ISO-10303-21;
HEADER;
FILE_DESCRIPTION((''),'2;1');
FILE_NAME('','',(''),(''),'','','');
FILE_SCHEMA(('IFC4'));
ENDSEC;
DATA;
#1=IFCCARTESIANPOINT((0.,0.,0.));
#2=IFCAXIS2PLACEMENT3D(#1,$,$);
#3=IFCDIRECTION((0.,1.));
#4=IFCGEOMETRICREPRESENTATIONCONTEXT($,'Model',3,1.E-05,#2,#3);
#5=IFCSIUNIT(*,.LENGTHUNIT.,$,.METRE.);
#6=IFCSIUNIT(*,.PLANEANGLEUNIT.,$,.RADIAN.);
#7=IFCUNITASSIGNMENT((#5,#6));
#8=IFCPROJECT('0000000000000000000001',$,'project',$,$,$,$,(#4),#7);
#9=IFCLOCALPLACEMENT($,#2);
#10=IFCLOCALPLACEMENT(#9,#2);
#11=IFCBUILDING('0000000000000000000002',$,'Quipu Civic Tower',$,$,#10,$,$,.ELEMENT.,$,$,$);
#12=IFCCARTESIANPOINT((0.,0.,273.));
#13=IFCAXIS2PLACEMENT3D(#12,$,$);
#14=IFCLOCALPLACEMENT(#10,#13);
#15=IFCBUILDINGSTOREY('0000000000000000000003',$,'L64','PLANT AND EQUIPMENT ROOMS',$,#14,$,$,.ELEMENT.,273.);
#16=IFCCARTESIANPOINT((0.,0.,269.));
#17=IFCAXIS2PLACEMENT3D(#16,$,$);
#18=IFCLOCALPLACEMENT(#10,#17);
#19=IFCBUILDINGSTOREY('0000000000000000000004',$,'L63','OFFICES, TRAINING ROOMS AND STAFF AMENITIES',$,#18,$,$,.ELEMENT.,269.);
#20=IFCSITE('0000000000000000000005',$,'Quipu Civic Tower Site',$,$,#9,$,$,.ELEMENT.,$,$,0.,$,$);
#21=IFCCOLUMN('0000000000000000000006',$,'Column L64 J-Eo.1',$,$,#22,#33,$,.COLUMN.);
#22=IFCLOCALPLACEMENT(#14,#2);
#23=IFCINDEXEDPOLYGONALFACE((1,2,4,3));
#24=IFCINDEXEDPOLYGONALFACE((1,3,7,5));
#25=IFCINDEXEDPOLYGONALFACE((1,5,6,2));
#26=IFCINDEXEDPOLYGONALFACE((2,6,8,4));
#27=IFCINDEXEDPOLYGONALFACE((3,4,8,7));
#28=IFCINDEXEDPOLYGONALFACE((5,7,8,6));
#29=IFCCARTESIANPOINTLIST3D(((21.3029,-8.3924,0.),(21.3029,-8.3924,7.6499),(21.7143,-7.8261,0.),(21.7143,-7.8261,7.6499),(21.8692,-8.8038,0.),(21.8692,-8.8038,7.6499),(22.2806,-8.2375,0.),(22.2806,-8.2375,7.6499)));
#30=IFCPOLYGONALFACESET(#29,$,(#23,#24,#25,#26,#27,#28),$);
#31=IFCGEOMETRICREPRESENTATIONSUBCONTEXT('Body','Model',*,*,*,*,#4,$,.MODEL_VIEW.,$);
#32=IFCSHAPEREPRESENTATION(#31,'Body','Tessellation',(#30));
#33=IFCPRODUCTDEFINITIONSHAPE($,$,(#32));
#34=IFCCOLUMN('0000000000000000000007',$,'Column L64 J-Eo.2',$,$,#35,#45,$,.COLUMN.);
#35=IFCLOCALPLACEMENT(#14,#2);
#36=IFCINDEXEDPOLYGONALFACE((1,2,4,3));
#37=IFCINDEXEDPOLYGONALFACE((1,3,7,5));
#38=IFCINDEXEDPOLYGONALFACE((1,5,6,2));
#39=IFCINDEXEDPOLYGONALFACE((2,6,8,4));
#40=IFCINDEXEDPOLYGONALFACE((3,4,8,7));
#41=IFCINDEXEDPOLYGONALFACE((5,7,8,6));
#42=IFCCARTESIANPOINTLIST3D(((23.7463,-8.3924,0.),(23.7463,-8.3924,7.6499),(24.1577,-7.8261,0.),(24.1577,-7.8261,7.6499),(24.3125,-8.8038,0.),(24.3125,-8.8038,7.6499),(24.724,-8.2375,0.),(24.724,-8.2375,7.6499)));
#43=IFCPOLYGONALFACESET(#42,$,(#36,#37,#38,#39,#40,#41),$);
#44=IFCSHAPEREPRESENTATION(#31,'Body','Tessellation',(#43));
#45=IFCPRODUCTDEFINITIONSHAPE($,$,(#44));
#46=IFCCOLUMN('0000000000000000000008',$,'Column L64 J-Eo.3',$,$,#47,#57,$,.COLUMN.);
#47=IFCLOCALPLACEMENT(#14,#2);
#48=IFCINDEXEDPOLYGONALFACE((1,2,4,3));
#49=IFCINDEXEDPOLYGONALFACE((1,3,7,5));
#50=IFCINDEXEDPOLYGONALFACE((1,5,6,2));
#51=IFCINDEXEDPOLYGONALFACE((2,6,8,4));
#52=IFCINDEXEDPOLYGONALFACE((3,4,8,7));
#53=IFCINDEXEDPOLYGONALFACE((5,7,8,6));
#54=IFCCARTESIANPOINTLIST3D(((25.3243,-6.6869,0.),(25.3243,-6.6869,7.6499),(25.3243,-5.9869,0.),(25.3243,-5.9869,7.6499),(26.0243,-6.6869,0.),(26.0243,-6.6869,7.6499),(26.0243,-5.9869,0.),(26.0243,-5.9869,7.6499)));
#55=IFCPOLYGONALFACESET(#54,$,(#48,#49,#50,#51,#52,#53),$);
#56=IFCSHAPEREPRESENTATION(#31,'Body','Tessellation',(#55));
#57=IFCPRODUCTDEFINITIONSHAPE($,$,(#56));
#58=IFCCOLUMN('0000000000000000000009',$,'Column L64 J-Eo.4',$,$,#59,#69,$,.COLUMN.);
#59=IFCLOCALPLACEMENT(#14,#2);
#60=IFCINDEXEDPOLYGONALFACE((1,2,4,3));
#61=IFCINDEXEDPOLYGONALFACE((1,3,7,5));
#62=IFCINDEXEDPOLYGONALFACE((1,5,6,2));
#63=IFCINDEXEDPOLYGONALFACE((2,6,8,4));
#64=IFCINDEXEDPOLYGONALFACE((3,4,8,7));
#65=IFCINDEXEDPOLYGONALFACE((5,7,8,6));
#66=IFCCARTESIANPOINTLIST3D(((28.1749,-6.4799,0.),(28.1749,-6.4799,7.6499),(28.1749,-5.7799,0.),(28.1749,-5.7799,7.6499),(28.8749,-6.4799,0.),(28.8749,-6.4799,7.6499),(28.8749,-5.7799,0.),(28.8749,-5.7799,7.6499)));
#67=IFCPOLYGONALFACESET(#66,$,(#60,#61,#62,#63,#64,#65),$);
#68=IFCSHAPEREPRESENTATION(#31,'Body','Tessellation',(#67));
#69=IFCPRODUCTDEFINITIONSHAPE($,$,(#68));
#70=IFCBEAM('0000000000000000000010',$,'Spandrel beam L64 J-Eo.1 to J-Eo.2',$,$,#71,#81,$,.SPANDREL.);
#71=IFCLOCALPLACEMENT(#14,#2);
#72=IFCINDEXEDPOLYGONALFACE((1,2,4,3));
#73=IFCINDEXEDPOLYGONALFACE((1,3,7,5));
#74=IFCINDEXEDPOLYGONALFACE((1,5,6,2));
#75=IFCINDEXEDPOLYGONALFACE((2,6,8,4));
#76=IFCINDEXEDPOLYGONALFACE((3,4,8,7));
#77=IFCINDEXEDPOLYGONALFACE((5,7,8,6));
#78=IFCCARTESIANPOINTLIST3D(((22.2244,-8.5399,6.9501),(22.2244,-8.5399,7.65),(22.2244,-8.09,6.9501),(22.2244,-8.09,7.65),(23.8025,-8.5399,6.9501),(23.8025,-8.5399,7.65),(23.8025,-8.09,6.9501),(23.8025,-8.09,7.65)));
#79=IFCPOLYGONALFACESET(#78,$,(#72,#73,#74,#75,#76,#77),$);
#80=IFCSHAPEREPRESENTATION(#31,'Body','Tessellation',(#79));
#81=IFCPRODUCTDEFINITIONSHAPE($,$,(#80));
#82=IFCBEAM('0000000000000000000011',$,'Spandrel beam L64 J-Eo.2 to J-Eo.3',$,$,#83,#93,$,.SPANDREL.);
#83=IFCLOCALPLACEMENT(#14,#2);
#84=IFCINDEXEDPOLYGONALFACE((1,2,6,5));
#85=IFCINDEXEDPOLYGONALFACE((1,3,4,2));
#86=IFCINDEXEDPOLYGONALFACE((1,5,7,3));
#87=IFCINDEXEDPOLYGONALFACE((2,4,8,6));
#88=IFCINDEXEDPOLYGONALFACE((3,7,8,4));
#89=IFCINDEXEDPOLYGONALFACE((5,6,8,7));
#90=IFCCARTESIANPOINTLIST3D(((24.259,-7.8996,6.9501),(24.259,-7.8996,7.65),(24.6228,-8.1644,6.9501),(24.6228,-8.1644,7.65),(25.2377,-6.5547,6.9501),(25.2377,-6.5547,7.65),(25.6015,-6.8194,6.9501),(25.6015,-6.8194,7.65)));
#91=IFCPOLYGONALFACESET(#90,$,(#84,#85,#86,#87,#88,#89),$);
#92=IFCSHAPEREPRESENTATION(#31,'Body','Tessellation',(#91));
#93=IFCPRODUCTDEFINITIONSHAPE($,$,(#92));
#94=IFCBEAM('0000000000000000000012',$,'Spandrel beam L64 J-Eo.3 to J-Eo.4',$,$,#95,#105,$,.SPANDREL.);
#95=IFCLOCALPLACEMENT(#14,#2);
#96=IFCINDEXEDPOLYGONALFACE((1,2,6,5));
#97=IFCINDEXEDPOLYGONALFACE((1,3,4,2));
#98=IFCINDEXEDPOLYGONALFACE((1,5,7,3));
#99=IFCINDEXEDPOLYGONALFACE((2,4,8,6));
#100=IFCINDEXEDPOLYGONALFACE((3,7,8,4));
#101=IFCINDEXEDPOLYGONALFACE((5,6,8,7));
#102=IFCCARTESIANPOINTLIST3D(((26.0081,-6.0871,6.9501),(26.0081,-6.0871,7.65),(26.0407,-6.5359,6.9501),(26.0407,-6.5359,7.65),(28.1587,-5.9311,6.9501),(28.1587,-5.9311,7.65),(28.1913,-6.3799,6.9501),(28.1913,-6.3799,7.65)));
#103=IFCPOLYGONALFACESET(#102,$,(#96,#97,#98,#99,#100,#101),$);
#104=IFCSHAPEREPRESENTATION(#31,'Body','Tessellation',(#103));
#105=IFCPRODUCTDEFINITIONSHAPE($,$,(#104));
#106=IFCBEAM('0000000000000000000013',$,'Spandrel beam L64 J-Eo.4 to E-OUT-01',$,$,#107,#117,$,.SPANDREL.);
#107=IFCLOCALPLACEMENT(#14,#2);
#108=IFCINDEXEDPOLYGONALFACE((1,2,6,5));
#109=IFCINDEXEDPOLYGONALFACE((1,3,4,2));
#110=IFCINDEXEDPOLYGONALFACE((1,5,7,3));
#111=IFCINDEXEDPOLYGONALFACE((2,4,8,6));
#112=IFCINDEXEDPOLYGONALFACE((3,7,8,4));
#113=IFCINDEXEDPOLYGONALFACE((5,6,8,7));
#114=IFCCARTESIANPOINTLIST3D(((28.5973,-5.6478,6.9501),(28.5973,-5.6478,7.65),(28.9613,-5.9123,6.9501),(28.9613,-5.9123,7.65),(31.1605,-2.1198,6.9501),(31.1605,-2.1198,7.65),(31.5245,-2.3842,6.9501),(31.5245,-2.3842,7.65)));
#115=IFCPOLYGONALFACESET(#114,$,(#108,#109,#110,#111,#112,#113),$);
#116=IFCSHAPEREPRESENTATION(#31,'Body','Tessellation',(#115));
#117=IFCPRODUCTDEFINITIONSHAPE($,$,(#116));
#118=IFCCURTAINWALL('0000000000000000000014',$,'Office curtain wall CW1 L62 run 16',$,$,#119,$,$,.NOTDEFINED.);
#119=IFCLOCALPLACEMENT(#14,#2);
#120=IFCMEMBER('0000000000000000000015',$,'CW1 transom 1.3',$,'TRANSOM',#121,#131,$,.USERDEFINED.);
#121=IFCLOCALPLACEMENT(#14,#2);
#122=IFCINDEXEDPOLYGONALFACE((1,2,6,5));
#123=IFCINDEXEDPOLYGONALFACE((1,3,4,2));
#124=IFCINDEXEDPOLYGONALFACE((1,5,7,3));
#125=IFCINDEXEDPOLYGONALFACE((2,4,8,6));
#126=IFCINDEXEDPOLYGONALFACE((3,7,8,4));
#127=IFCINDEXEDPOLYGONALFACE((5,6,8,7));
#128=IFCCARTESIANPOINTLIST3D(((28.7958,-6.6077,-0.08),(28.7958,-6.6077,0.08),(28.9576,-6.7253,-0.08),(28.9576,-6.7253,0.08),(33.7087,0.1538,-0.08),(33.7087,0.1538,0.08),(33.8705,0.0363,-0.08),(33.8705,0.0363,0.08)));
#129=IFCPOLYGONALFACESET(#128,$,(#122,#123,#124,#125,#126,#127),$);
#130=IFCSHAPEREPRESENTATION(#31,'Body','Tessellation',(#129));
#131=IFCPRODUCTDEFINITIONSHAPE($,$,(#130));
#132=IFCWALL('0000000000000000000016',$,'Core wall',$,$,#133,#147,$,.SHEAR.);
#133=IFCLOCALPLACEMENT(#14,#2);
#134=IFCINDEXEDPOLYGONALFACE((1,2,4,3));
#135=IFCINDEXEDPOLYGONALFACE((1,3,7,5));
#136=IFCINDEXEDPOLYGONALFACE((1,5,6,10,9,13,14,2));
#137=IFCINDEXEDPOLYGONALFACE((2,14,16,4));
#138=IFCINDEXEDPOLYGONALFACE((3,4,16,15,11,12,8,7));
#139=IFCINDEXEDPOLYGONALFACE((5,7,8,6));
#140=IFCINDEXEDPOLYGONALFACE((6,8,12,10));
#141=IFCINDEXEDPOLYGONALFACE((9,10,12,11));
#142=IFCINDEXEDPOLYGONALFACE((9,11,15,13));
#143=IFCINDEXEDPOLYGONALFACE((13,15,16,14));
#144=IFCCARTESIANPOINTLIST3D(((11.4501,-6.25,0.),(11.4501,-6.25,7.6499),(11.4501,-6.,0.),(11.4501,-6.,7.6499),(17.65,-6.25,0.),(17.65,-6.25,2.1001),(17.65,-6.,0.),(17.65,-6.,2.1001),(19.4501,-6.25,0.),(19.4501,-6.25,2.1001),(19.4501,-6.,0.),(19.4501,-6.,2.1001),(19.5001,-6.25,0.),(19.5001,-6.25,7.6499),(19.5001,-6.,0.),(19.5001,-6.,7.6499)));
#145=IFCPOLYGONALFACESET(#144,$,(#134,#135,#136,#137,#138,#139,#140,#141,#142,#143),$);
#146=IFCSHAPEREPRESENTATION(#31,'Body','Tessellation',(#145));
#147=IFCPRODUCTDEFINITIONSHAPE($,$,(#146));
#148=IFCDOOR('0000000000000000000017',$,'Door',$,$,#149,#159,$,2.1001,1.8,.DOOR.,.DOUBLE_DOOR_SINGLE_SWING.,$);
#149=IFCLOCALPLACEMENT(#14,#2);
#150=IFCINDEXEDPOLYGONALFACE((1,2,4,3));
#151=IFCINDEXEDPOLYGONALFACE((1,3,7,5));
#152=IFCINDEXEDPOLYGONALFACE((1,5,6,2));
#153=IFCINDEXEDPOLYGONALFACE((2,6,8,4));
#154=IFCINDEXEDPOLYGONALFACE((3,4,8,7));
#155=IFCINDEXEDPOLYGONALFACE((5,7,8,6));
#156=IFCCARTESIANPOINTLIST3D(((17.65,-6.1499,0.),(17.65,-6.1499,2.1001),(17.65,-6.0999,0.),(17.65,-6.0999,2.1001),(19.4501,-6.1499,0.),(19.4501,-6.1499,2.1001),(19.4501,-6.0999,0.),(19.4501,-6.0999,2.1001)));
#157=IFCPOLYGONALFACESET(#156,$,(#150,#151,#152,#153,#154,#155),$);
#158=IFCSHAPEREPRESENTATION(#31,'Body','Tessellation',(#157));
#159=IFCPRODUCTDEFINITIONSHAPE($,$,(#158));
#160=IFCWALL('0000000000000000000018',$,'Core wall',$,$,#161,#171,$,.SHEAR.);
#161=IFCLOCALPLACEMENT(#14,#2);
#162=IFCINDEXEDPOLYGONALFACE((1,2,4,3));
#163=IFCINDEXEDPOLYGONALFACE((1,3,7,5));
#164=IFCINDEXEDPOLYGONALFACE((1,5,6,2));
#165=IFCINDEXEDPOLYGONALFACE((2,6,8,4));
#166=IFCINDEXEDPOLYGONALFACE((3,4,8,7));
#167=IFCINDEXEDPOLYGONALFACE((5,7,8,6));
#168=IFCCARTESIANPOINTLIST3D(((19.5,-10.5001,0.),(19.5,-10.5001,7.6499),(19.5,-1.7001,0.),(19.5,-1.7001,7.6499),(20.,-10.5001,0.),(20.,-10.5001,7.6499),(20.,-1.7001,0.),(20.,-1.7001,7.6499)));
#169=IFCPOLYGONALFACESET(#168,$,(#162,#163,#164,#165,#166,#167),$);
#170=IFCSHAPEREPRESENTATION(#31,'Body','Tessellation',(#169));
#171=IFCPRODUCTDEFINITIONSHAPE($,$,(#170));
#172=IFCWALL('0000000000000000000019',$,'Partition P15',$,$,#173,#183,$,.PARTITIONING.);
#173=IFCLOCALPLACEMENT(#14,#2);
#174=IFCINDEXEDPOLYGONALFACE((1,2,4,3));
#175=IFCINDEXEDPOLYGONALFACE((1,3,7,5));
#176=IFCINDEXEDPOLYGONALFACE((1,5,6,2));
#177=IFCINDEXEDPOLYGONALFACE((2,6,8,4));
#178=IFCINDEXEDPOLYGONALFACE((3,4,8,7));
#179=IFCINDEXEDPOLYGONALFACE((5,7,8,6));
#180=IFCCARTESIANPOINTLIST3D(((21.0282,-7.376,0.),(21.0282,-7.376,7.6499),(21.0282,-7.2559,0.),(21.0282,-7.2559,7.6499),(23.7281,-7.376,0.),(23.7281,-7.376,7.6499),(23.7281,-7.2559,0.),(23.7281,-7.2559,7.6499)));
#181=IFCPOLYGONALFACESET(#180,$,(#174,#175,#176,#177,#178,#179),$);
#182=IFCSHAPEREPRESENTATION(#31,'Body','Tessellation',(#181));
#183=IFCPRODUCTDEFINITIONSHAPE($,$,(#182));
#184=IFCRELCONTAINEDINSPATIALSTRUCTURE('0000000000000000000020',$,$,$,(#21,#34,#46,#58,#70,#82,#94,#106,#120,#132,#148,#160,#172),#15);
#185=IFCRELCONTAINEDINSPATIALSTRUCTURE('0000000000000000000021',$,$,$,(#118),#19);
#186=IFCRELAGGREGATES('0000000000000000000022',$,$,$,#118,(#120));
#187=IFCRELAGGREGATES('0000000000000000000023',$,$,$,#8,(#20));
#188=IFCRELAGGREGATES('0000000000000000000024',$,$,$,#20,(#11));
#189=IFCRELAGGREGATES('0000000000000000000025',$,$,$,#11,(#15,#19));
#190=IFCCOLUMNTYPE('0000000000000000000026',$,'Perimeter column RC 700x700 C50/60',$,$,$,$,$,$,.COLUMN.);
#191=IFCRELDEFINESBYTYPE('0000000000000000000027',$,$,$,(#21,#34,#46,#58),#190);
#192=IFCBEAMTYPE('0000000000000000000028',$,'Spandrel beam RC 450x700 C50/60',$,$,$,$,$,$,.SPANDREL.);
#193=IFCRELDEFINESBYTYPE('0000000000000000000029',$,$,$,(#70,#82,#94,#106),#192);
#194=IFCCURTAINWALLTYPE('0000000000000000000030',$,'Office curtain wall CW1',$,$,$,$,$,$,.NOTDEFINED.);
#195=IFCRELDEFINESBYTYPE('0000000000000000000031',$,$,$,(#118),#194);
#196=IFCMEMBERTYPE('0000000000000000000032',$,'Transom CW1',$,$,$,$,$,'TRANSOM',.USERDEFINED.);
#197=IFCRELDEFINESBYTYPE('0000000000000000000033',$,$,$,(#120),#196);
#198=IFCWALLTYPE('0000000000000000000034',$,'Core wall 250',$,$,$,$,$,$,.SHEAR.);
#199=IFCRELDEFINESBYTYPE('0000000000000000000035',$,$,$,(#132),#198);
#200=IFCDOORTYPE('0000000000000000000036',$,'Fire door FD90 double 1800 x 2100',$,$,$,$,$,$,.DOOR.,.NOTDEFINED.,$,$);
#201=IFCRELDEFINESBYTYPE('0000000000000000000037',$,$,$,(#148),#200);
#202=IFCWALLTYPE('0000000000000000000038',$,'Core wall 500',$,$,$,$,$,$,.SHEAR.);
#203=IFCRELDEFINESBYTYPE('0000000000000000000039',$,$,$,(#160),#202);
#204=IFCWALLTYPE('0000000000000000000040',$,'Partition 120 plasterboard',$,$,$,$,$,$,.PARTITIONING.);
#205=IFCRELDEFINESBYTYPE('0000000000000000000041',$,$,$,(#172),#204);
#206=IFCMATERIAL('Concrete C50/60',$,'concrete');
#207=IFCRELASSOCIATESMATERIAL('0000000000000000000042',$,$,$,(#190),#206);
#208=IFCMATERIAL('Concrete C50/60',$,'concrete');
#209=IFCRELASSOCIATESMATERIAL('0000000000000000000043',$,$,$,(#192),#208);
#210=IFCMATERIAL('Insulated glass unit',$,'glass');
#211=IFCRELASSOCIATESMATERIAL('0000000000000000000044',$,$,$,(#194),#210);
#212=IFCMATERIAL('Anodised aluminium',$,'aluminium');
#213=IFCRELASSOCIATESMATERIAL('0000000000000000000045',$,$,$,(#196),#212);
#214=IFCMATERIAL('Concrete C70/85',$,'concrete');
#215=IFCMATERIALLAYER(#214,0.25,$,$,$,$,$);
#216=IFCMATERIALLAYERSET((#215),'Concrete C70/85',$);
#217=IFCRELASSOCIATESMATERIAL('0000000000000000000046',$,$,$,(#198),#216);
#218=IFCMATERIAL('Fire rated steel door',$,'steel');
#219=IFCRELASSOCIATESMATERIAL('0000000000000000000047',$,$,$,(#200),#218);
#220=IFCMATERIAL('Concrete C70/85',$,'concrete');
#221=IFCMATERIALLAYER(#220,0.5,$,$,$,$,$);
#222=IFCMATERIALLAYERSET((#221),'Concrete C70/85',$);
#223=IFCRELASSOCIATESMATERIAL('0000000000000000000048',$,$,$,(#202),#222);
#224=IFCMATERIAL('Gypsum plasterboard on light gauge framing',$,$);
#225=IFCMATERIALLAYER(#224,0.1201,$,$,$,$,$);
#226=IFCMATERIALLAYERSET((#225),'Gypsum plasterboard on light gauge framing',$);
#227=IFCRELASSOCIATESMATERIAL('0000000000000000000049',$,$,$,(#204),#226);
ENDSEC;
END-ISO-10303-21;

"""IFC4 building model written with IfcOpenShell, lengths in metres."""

from ifc_helpers import new_model, si_unit, direction, frame, frame_2d, origin, origin_2d, place, context, subcontext, project, spatial, rectangle, extrude, material, layer, layer_set, material_profile, profile_set, type_object, element, fill, aggregate, save


model = new_model("IFC4")

# Units and contexts
model_context = context("Model", 3, precision=1e-05, world=origin(), true_north=direction((0.0, 1.0)))
body_context = subcontext(model_context, "Body", "Model", "MODEL_VIEW")
ifc_project = project(units=[si_unit("LENGTHUNIT", "METRE"), si_unit("PLANEANGLEUNIT", "RADIAN")], contexts=[model_context])

# Site, building, storey
site_placement = place(None, origin())
site = spatial("IfcSite", under=ifc_project, at=site_placement, Name="Quipu Civic Tower Site", CompositionType="ELEMENT", RefElevation=0.0)
building_placement = place(site_placement, origin())
building = spatial("IfcBuilding", under=site, at=building_placement, Name="Quipu Civic Tower", CompositionType="ELEMENT")
storey_1_placement = place(building_placement, frame((0.0, 0.0, 273.0)))
storey_1 = spatial("IfcBuildingStorey", under=building, at=storey_1_placement, Name="L64", Description="PLANT AND EQUIPMENT ROOMS", CompositionType="ELEMENT", Elevation=273.0)

# Columns
ifc_material_1 = material(Name="Concrete C50/60", Category="concrete")
ifc_material_profile_1 = material_profile(ifc_material_1, rectangle(XDim=0.7, YDim=0.7, at=origin_2d()), Name="RC700x700")
ifc_profile_set_1 = profile_set([ifc_material_profile_1], Name="Concrete C50/60")
column_type = type_object("IfcColumnType", Name="Perimeter column RC 700x700 C50/60", PredefinedType="COLUMN", material=ifc_profile_set_1)
for number, where, z_axis, x_axis, name in (
    (1, (21.7917, -8.3149, 0.0), (0.0, 0.0, 1.0), (0.587785, 0.809017, 0.0), "Column L64 J-Eo.1"),
    (2, (24.2351, -8.3149, 0.0), (0.0, 0.0, 1.0), (0.587785, 0.809017, 0.0), "Column L64 J-Eo.2"),
    (3, (25.6743, -6.3369, 0.0), (0.0, 0.0, 1.0), (1.0, 0.0, 0.0), "Column L64 J-Eo.3"),
    (4, (28.5249, -6.1299, 0.0), (0.0, 0.0, 1.0), (1.0, 0.0, 0.0), "Column L64 J-Eo.4"),
):
    element("IfcColumn", number, at=place(storey_1_placement, frame(where, z_axis=z_axis, x_axis=x_axis)), inside=storey_1, type_object=column_type, Name=name, PredefinedType="COLUMN", context=body_context, shape_type="SweptSolid", body=[
        extrude(rectangle(XDim=0.7, YDim=0.7, at=origin_2d()), origin(), (0.0, 0.0, 1.0), 7.6499),
    ])

# Beams
ifc_material_2 = material(Name="Concrete C50/60", Category="concrete")
ifc_material_profile_2 = material_profile(ifc_material_2, rectangle(XDim=0.45, YDim=0.7, at=origin_2d()), Name="RC450x700")
ifc_profile_set_2 = profile_set([ifc_material_profile_2], Name="Concrete C50/60")
beam_type = type_object("IfcBeamType", Name="Spandrel beam RC 450x700 C50/60", PredefinedType="SPANDREL", material=ifc_profile_set_2)
beam_1_placement = place(storey_1_placement, frame((22.2244, -8.3149, 7.3), z_axis=(1.0, 0.0, 0.0), x_axis=(0.0, 1.0, 0.0)))
element("IfcBeam", 5, at=beam_1_placement, inside=storey_1, type_object=beam_type, Name="Spandrel beam L64 J-Eo.1 to J-Eo.2", PredefinedType="SPANDREL", context=body_context, shape_type="SweptSolid", body=[
    extrude(rectangle(XDim=0.45, YDim=0.7, at=origin_2d()), origin(), (0.0, 0.0, 1.0), 1.5781),
])
beam_2_placement = place(storey_1_placement, frame((24.4409, -8.032, 7.3), z_axis=(0.588407, 0.808565, 0.0), x_axis=(-0.808565, 0.588407, 0.0)))
element("IfcBeam", 6, at=beam_2_placement, inside=storey_1, type_object=beam_type, Name="Spandrel beam L64 J-Eo.2 to J-Eo.3", PredefinedType="SPANDREL", context=body_context, shape_type="SweptSolid", body=[
    extrude(rectangle(XDim=0.45, YDim=0.7, at=origin_2d()), origin(), (0.0, 0.0, 1.0), 1.6633),
])
beam_3_placement = place(storey_1_placement, frame((26.0244, -6.3115, 7.3), z_axis=(0.997379, 0.072349, 0.0), x_axis=(-0.072349, 0.997379, 0.0)))
element("IfcBeam", 7, at=beam_3_placement, inside=storey_1, type_object=beam_type, Name="Spandrel beam L64 J-Eo.3 to J-Eo.4", PredefinedType="SPANDREL", context=body_context, shape_type="SweptSolid", body=[
    extrude(rectangle(XDim=0.45, YDim=0.7, at=origin_2d()), origin(), (0.0, 0.0, 1.0), 2.1562),
])
beam_4_placement = place(storey_1_placement, frame((28.7793, -5.78, 7.3), z_axis=(0.587776, 0.809024, 0.0), x_axis=(-0.809024, 0.587776, 0.0)))
element("IfcBeam", 8, at=beam_4_placement, inside=storey_1, type_object=beam_type, Name="Spandrel beam L64 J-Eo.4 to E-OUT-01", PredefinedType="SPANDREL", context=body_context, shape_type="SweptSolid", body=[
    extrude(rectangle(XDim=0.45, YDim=0.7, at=origin_2d()), origin(), (0.0, 0.0, 1.0), 4.3608),
])

# Shared definitions
storey_2_placement = place(building_placement, frame((0.0, 0.0, 269.0)))
storey_2 = spatial("IfcBuildingStorey", under=building, at=storey_2_placement, Name="L63", Description="OFFICES, TRAINING ROOMS AND STAFF AMENITIES", CompositionType="ELEMENT", Elevation=269.0)

# Curtain wall, member
ifc_material_3 = material(Name="Insulated glass unit", Category="glass")
curtain_wall_type = type_object("IfcCurtainWallType", Name="Office curtain wall CW1", PredefinedType="NOTDEFINED", material=ifc_material_3)
curtain_wall_placement = place(storey_2_placement, origin())
curtain_wall = element("IfcCurtainWall", 9, at=curtain_wall_placement, inside=storey_2, type_object=curtain_wall_type, Name="Office curtain wall CW1 L62 run 16", PredefinedType="NOTDEFINED")
ifc_material_4 = material(Name="Anodised aluminium", Category="aluminium")
ifc_material_profile_3 = material_profile(ifc_material_4, rectangle(XDim=0.2, YDim=0.1599, at=origin_2d()), Name="RECT 200x160")
ifc_profile_set_3 = profile_set([ifc_material_profile_3], Name="Anodised aluminium")
member_type = type_object("IfcMemberType", Name="Transom CW1", ElementType="TRANSOM", PredefinedType="USERDEFINED", material=ifc_profile_set_3)
member_placement = place(storey_1_placement, frame((28.8767, -6.6665, 0.0), z_axis=(0.587812, 0.808997, 0.0), x_axis=(-0.808997, 0.587812, 0.0)))
member = element("IfcMember", 10, at=member_placement, inside=storey_1, type_object=member_type, Name="CW1 transom 1.3", ObjectType="TRANSOM", PredefinedType="USERDEFINED", context=body_context, shape_type="SweptSolid", body=[
    extrude(rectangle(XDim=0.2, YDim=0.1599, at=origin_2d()), origin(), (0.0, 0.0, 1.0), 8.3579),
])
aggregate(curtain_wall, [member])

# Wall, opening, door
ifc_material_5 = material(Name="Concrete C70/85", Category="concrete")
ifc_layer_1 = layer(ifc_material_5, 0.25)
ifc_layer_set_1 = layer_set([ifc_layer_1], Name="Concrete C70/85")
wall_type_1 = type_object("IfcWallType", Name="Core wall 250", PredefinedType="SHEAR", material=ifc_layer_set_1)
wall_1_placement = place(storey_1_placement, frame((19.5, -6.125, 0.0), z_axis=(0.0, 0.0, 1.0), x_axis=(-1.0, 0.0, 0.0)))
wall_1 = element("IfcWall", 11, at=wall_1_placement, inside=storey_1, type_object=wall_type_1, Name="Core wall", PredefinedType="SHEAR", context=body_context, shape_type="SweptSolid", body=[
    extrude(rectangle(XDim=8.05, YDim=0.25, at=frame_2d((4.0249, 0.0))), origin(), (0.0, 0.0, 1.0), 7.6499),
])
opening_placement = place(wall_1_placement, frame((0.05, 0.0, 0.0)))
opening = element("IfcOpeningElement", 12, at=opening_placement, cuts=wall_1, PredefinedType="OPENING", context=body_context, shape_type="SweptSolid", body=[
    extrude(rectangle(XDim=1.8, YDim=2.1001, at=frame_2d((0.8999, 1.05))), frame((0.0, 0.135, 0.0), z_axis=(0.0, -1.0, 0.0), x_axis=(1.0, 0.0, 0.0)), (0.0, 0.0, 1.0), 0.27),
])
ifc_material_6 = material(Name="Fire rated steel door", Category="steel")
door_type = type_object("IfcDoorType", Name="Fire door FD90 double 1800 x 2100", OperationType="NOTDEFINED", PredefinedType="DOOR", material=ifc_material_6)
door_placement = place(opening_placement, origin())
door = element("IfcDoor", 13, at=door_placement, inside=storey_1, type_object=door_type, Name="Door", OperationType="DOUBLE_DOOR_SINGLE_SWING", OverallHeight=2.1001, OverallWidth=1.8, PredefinedType="DOOR", context=body_context, shape_type="SweptSolid", body=[
    extrude(rectangle(XDim=1.8, YDim=2.1001, at=frame_2d((0.8999, 1.05))), frame((0.0, 0.0249, 0.0), z_axis=(0.0, -1.0, 0.0), x_axis=(1.0, 0.0, 0.0)), (0.0, 0.0, 1.0), 0.05),
])
fill(opening, door)

# Walls
ifc_material_7 = material(Name="Concrete C70/85", Category="concrete")
ifc_layer_2 = layer(ifc_material_7, 0.5)
ifc_layer_set_2 = layer_set([ifc_layer_2], Name="Concrete C70/85")
wall_type_2 = type_object("IfcWallType", Name="Core wall 500", PredefinedType="SHEAR", material=ifc_layer_set_2)
wall_2_placement = place(storey_1_placement, frame((19.75, -10.5, 0.0), z_axis=(0.0, 0.0, 1.0), x_axis=(0.0, 1.0, 0.0)))
element("IfcWall", 14, at=wall_2_placement, inside=storey_1, type_object=wall_type_2, Name="Core wall", PredefinedType="SHEAR", context=body_context, shape_type="SweptSolid", body=[
    extrude(rectangle(XDim=8.8, YDim=0.5, at=frame_2d((4.3999, 0.0))), origin(), (0.0, 0.0, 1.0), 7.6499),
])
ifc_material_8 = material(Name="Gypsum plasterboard on light gauge framing")
ifc_layer_3 = layer(ifc_material_8, 0.1201)
ifc_layer_set_3 = layer_set([ifc_layer_3], Name="Gypsum plasterboard on light gauge framing")
wall_type_3 = type_object("IfcWallType", Name="Partition 120 plasterboard", PredefinedType="PARTITIONING", material=ifc_layer_set_3)
wall_3_placement = place(storey_1_placement, frame((21.0281, -7.3159, 0.0), z_axis=(0.0, 0.0, 1.0), x_axis=(1.0, 0.0, 0.0)))
element("IfcWall", 15, at=wall_3_placement, inside=storey_1, type_object=wall_type_3, Name="Partition P15", PredefinedType="PARTITIONING", context=body_context, shape_type="SweptSolid", body=[
    extrude(rectangle(XDim=2.7, YDim=0.1201, at=frame_2d((1.3501, 0.0))), origin(), (0.0, 0.0, 1.0), 7.6499),
])

save(model, "model.ifc")
